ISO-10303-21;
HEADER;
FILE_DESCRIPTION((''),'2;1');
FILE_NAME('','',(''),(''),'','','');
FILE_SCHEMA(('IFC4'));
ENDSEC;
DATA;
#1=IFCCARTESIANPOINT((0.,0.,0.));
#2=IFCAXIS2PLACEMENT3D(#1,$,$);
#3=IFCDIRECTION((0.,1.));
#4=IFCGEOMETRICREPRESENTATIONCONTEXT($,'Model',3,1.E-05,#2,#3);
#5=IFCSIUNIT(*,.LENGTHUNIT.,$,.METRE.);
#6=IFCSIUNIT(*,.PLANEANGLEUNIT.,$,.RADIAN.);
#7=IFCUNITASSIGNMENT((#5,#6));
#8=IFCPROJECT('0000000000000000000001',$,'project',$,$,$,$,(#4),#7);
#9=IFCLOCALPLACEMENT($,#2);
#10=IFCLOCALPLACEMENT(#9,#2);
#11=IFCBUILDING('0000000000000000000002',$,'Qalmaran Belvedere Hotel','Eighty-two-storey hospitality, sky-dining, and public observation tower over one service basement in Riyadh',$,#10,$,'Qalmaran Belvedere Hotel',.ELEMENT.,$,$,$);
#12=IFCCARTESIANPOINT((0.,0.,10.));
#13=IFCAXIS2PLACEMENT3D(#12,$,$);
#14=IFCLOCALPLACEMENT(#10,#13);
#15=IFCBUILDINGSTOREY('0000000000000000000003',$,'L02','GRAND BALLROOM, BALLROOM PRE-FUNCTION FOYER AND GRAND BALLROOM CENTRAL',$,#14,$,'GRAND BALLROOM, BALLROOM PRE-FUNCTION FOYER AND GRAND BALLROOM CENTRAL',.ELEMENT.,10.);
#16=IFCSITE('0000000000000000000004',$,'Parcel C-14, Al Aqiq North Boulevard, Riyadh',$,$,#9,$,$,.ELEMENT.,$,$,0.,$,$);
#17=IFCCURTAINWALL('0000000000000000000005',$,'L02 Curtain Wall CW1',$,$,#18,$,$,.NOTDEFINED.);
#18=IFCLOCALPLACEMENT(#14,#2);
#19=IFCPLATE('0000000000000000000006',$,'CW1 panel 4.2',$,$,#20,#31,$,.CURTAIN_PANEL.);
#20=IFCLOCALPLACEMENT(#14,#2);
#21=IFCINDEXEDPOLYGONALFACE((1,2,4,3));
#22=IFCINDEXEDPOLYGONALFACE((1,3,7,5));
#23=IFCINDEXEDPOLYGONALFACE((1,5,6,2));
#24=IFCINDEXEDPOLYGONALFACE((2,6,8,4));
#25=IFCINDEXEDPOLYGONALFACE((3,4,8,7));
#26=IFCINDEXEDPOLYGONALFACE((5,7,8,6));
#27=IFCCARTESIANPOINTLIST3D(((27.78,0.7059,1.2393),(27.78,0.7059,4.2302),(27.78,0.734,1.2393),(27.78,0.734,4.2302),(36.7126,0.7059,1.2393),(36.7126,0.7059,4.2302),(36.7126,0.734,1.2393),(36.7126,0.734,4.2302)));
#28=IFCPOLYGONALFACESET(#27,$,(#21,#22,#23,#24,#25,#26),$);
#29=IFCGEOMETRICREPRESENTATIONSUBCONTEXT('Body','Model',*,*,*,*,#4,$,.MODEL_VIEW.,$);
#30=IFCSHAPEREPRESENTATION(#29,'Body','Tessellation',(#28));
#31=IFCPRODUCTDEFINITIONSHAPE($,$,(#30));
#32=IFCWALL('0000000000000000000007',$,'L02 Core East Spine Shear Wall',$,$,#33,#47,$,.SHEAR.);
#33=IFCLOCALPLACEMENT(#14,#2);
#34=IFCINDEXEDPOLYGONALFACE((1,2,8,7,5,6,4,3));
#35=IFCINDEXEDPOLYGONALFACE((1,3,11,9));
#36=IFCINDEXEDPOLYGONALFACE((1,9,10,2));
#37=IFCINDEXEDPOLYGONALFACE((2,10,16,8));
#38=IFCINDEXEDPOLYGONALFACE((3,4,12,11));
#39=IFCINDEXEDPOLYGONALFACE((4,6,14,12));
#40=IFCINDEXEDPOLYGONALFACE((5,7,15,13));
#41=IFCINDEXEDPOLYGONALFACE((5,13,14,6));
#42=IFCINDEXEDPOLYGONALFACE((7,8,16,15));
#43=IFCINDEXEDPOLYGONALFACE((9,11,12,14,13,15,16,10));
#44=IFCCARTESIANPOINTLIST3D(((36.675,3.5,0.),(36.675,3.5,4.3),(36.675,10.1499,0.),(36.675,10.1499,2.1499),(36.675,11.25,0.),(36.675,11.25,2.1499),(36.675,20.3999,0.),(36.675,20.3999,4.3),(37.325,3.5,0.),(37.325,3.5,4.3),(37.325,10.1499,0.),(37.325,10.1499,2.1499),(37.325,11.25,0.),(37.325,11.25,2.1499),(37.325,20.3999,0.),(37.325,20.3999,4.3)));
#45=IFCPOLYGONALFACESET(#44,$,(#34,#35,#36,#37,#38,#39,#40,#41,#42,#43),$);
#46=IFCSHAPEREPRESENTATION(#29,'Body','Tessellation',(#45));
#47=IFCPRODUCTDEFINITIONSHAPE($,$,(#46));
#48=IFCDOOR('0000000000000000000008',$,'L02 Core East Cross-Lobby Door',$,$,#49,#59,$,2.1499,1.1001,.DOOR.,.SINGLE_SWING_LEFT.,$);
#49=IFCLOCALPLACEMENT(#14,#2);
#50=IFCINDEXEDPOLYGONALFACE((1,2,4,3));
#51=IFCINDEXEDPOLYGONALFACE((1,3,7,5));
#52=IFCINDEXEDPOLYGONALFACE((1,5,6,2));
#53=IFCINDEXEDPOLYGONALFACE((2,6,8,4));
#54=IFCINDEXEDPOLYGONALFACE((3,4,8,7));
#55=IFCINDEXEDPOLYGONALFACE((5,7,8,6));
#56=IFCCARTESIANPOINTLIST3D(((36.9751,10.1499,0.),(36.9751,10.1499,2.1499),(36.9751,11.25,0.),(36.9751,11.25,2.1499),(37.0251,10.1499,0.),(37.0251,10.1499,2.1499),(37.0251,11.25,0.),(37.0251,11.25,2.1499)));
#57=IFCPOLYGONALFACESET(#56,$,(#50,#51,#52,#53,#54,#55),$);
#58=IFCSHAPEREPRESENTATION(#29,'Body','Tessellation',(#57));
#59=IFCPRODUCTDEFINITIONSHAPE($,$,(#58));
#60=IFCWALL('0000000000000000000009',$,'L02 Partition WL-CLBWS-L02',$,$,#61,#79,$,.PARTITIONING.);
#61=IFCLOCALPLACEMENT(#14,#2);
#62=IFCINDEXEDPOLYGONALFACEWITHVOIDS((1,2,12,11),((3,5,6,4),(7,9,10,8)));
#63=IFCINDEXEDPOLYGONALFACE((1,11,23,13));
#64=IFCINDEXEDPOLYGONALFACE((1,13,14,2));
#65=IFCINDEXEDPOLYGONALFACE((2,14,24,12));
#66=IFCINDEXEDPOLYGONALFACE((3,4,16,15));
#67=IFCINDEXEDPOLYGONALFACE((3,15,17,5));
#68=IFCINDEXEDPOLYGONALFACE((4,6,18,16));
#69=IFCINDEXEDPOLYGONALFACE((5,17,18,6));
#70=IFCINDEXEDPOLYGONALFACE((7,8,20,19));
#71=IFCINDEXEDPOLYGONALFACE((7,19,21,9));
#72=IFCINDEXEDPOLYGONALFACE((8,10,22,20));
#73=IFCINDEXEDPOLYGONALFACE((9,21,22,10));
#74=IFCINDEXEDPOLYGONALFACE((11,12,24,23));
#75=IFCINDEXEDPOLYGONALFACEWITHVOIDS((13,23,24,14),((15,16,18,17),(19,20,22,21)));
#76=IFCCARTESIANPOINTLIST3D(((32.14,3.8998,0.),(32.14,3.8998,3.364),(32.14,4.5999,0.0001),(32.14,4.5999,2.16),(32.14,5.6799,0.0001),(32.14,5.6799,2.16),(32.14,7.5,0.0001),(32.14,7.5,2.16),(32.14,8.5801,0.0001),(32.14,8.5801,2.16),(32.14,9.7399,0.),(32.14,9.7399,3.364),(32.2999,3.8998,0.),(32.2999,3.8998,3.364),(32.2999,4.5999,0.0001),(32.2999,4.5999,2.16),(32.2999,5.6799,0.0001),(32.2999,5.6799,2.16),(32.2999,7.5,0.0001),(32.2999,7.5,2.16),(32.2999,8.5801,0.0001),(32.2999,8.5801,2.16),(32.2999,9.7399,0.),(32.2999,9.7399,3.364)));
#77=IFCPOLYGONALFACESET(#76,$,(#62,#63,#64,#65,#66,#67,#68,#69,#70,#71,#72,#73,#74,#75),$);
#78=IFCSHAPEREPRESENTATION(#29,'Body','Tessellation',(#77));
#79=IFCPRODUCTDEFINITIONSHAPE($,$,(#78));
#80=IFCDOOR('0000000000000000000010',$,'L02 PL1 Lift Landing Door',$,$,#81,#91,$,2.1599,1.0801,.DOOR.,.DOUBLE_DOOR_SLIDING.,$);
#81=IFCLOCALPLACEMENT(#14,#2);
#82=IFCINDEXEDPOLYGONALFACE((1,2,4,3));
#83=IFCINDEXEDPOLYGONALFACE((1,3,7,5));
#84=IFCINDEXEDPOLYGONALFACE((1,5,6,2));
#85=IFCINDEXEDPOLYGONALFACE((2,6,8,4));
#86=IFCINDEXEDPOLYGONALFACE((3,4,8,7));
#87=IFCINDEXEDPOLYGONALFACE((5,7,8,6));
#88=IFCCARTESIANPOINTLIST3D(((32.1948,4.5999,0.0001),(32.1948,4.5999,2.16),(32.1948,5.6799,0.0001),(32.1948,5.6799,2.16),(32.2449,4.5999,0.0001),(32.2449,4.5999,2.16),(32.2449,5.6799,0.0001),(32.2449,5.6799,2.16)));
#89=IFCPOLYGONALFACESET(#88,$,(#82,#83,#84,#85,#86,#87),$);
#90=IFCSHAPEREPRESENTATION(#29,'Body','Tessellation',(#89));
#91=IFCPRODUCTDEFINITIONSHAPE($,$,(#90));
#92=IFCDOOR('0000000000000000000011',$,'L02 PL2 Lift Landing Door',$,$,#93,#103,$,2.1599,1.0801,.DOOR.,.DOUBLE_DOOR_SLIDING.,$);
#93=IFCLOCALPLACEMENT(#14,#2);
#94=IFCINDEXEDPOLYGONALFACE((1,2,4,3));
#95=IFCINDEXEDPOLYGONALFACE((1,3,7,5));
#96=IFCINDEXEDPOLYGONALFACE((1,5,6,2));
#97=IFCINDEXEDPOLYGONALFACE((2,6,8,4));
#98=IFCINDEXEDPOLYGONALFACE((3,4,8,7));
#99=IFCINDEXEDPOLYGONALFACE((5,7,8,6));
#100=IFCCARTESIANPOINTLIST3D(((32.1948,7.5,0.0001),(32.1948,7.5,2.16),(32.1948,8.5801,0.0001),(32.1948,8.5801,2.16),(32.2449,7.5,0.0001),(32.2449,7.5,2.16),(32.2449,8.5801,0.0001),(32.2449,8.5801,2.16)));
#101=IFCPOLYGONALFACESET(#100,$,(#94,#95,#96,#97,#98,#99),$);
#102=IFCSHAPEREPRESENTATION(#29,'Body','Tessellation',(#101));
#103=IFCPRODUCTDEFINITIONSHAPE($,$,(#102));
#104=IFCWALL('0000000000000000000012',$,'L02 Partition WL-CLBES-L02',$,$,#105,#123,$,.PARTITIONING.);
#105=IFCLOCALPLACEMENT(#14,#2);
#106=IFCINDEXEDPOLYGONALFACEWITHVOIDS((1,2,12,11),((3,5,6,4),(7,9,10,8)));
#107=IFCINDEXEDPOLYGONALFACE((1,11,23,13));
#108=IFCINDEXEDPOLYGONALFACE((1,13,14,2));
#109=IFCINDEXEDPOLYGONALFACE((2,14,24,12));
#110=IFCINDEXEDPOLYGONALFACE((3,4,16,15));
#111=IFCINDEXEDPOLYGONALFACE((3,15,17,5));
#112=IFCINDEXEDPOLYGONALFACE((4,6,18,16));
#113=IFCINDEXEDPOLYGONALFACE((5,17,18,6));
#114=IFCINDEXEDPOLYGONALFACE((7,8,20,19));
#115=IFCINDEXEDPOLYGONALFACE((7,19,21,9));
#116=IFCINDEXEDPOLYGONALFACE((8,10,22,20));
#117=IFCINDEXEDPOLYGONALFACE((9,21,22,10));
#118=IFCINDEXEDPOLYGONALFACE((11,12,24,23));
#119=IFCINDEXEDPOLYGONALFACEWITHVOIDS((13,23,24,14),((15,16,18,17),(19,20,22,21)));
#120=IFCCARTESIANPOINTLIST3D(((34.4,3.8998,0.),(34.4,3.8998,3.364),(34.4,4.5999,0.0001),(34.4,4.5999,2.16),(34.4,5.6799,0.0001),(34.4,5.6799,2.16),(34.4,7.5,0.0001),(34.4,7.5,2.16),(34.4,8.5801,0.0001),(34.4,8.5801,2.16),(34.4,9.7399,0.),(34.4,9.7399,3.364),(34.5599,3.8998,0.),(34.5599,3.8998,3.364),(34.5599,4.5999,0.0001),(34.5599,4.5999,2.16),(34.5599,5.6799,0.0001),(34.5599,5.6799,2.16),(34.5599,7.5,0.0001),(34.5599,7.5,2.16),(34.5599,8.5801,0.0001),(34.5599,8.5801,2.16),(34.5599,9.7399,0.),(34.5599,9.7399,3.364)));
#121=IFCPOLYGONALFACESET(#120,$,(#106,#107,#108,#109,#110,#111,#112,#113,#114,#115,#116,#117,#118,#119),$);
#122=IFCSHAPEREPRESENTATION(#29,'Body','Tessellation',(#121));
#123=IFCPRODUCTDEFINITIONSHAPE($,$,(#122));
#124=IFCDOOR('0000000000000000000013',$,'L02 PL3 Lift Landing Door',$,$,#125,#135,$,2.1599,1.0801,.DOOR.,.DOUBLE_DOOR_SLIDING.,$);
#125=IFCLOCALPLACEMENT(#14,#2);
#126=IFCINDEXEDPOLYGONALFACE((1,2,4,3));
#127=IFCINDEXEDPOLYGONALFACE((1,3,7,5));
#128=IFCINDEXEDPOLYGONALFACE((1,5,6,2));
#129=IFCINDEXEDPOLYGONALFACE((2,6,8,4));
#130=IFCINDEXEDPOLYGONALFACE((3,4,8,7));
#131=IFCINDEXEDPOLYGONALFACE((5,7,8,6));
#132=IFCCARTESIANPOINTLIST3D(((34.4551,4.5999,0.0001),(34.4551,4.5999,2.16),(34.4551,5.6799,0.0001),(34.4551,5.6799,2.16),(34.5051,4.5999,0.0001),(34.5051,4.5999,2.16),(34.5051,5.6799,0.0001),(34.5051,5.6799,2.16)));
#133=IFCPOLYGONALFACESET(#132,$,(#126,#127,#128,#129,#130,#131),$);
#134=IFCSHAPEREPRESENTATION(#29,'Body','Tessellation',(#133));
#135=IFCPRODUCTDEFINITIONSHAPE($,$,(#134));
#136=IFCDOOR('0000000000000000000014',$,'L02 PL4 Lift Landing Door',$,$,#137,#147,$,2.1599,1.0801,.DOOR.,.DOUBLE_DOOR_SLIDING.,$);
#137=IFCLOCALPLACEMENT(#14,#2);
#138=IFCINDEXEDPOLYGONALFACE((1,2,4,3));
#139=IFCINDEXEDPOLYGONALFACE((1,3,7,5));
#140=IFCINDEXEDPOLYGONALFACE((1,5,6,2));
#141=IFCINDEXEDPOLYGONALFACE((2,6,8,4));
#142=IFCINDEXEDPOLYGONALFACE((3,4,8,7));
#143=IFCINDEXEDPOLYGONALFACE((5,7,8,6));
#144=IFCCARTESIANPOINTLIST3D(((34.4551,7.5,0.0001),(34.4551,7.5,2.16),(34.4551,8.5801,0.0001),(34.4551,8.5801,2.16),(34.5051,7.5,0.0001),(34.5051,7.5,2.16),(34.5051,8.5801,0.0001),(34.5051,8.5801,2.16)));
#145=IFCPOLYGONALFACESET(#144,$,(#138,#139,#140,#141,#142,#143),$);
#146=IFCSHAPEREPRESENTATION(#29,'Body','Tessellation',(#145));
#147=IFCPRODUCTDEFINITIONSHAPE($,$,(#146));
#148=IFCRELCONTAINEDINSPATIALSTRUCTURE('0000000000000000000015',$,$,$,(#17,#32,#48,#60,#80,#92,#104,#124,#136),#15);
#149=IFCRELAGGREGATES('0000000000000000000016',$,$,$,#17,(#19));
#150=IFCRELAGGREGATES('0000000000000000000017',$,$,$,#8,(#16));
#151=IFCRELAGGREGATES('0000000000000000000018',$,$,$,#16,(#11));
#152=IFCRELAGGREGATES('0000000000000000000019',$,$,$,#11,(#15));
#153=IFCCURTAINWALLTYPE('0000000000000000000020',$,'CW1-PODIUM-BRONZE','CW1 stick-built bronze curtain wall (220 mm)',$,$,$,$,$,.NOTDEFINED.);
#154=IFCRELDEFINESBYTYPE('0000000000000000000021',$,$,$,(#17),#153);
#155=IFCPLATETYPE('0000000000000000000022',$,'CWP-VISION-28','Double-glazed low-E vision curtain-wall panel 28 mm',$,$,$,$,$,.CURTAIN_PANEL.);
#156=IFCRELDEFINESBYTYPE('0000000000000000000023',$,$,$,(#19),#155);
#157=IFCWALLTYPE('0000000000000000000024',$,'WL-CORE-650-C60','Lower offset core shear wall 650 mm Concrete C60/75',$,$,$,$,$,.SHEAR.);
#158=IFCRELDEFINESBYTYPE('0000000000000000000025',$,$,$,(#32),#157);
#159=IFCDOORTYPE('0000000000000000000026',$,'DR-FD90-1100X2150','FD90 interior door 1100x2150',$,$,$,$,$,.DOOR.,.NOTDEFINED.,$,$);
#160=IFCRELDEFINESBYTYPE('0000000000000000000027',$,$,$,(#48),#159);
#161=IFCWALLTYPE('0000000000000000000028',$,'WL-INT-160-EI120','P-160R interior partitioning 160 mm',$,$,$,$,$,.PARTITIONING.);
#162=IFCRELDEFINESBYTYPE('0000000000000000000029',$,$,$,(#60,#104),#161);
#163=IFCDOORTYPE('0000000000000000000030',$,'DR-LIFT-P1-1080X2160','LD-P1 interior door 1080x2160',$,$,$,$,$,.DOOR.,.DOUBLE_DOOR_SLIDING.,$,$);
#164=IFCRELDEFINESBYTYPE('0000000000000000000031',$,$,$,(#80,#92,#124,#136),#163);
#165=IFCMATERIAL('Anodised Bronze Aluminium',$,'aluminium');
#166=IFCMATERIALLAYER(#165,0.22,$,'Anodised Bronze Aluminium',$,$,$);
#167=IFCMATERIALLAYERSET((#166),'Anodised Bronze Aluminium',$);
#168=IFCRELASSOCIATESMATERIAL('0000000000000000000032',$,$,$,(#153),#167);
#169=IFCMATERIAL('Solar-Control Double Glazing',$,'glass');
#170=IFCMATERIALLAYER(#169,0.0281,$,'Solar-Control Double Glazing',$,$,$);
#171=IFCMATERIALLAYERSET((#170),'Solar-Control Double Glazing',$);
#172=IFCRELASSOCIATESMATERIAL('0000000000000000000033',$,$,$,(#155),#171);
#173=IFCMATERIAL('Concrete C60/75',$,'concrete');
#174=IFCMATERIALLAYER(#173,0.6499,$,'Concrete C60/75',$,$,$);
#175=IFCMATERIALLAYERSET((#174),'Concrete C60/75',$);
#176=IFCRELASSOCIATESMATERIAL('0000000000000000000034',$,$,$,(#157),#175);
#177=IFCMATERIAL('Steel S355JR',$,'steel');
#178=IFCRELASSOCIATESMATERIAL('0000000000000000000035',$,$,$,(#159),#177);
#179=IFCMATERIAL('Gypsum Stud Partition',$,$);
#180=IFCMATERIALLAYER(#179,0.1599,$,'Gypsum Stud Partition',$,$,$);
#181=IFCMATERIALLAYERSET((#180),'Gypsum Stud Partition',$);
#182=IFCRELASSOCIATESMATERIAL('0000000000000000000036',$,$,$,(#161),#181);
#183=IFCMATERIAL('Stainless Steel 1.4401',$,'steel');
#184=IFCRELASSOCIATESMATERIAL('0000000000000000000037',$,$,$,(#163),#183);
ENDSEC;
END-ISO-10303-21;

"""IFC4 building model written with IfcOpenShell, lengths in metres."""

from ifc_helpers import new_model, si_unit, direction, frame, frame_2d, origin, origin_2d, place, context, subcontext, project, spatial, rectangle, extrude, material, layer, layer_set, type_object, element, fill, aggregate, save


model = new_model("IFC4")

# Units and contexts
model_context = context("Model", 3, precision=1e-05, world=origin(), true_north=direction((0.0, 1.0)))
body_context = subcontext(model_context, "Body", "Model", "MODEL_VIEW")
ifc_project = project(units=[si_unit("LENGTHUNIT", "METRE"), si_unit("PLANEANGLEUNIT", "RADIAN")], contexts=[model_context])

# Site, building, storey
site_placement = place(None, origin())
site = spatial("IfcSite", under=ifc_project, at=site_placement, Name="Parcel C-14, Al Aqiq North Boulevard, Riyadh", CompositionType="ELEMENT", RefElevation=0.0)
building_placement = place(site_placement, origin())
building = spatial("IfcBuilding", under=site, at=building_placement, Name="Qalmaran Belvedere Hotel", Description="Eighty-two-storey hospitality, sky-dining, and public observation tower over one service basement in Riyadh", LongName="Qalmaran Belvedere Hotel", CompositionType="ELEMENT")
storey_placement = place(building_placement, frame((0.0, 0.0, 10.0)))
storey = spatial("IfcBuildingStorey", under=building, at=storey_placement, Name="L02", Description="GRAND BALLROOM, BALLROOM PRE-FUNCTION FOYER AND GRAND BALLROOM CENTRAL", LongName="GRAND BALLROOM, BALLROOM PRE-FUNCTION FOYER AND GRAND BALLROOM CENTRAL", CompositionType="ELEMENT", Elevation=10.0)

# Shared definitions
ifc_material_1 = material(Name="Concrete C60/75", Category="concrete")

# Shared definitions
ifc_material_2 = material(Name="Steel S355JR", Category="steel")

# Curtain wall, plate
ifc_material_3 = material(Name="Anodised Bronze Aluminium", Category="aluminium")
ifc_layer_1 = layer(ifc_material_3, 0.22, Name="Anodised Bronze Aluminium")
ifc_layer_set_1 = layer_set([ifc_layer_1], Name="Anodised Bronze Aluminium")
curtain_wall_type = type_object("IfcCurtainWallType", Name="CW1-PODIUM-BRONZE", Description="CW1 stick-built bronze curtain wall (220 mm)", PredefinedType="NOTDEFINED", material=ifc_layer_set_1)
curtain_wall_placement = place(storey_placement, origin())
curtain_wall = element("IfcCurtainWall", 1, at=curtain_wall_placement, inside=storey, type_object=curtain_wall_type, Name="L02 Curtain Wall CW1", PredefinedType="NOTDEFINED")
ifc_material_4 = material(Name="Solar-Control Double Glazing", Category="glass")
ifc_layer_2 = layer(ifc_material_4, 0.0281, Name="Solar-Control Double Glazing")
ifc_layer_set_2 = layer_set([ifc_layer_2], Name="Solar-Control Double Glazing")
plate_type_1 = type_object("IfcPlateType", Name="CWP-VISION-28", Description="Double-glazed low-E vision curtain-wall panel 28 mm", PredefinedType="CURTAIN_PANEL", material=ifc_layer_set_2)
plate_1_placement = place(storey_placement, frame((32.2463, 0.72, 1.2393), z_axis=(0.0, 0.0, 1.0), x_axis=(1.0, 0.0, 0.0)))
plate_1 = element("IfcPlate", 2, at=plate_1_placement, type_object=plate_type_1, Name="CW1 panel 4.2", PredefinedType="CURTAIN_PANEL", context=body_context, shape_type="SweptSolid", body=[
    extrude(rectangle(XDim=8.9326, YDim=0.0281, at=origin_2d()), origin(), (0.0, 0.0, 1.0), 2.991),
])
aggregate(curtain_wall, [plate_1])

# Wall, opening, door
ifc_layer_3 = layer(ifc_material_1, 0.6499, Name="Concrete C60/75")
ifc_layer_set_3 = layer_set([ifc_layer_3], Name="Concrete C60/75")
wall_type_1 = type_object("IfcWallType", Name="WL-CORE-650-C60", Description="Lower offset core shear wall 650 mm Concrete C60/75", PredefinedType="SHEAR", material=ifc_layer_set_3)
wall_1_placement = place(storey_placement, frame((37.0, 3.5, 0.0), z_axis=(0.0, 0.0, 1.0), x_axis=(0.0, 1.0, 0.0)))
wall_1 = element("IfcWall", 3, at=wall_1_placement, inside=storey, type_object=wall_type_1, Name="L02 Core East Spine Shear Wall", PredefinedType="SHEAR", context=body_context, shape_type="SweptSolid", body=[
    extrude(rectangle(XDim=16.8999, YDim=0.6499, at=frame_2d((8.45, 0.0))), origin(), (0.0, 0.0, 1.0), 4.3),
])
opening_1_placement = place(wall_1_placement, frame((6.6499, 0.0, 0.0)))
opening_1 = element("IfcOpeningElement", 4, at=opening_1_placement, cuts=wall_1, PredefinedType="OPENING", context=body_context, shape_type="SweptSolid", body=[
    extrude(rectangle(XDim=1.1001, YDim=2.1499, at=frame_2d((0.55, 1.075))), frame((0.0, 0.335, 0.0), z_axis=(0.0, -1.0, 0.0), x_axis=(1.0, 0.0, 0.0)), (0.0, 0.0, 1.0), 0.6699),
])
door_type_1 = type_object("IfcDoorType", Name="DR-FD90-1100X2150", Description="FD90 interior door 1100x2150", OperationType="NOTDEFINED", PredefinedType="DOOR", material=ifc_material_2)
door_1_placement = place(opening_1_placement, origin())
door_1 = element("IfcDoor", 5, at=door_1_placement, inside=storey, type_object=door_type_1, Name="L02 Core East Cross-Lobby Door", OperationType="SINGLE_SWING_LEFT", OverallHeight=2.1499, OverallWidth=1.1001, PredefinedType="DOOR", context=body_context, shape_type="SweptSolid", body=[
    extrude(rectangle(XDim=1.1001, YDim=2.1499, at=frame_2d((0.55, 1.075))), frame((0.0, 0.0249, 0.0), z_axis=(0.0, -1.0, 0.0), x_axis=(1.0, 0.0, 0.0)), (0.0, 0.0, 1.0), 0.05),
])
fill(opening_1, door_1)

# Walls, openings, doors
ifc_material_5 = material(Name="Gypsum Stud Partition")
ifc_layer_4 = layer(ifc_material_5, 0.1599, Name="Gypsum Stud Partition")
ifc_layer_set_4 = layer_set([ifc_layer_4], Name="Gypsum Stud Partition")
wall_type_2 = type_object("IfcWallType", Name="WL-INT-160-EI120", Description="P-160R interior partitioning 160 mm", PredefinedType="PARTITIONING", material=ifc_layer_set_4)
wall_2_placement = place(storey_placement, frame((32.22, 3.8999, 0.0), z_axis=(0.0, 0.0, 1.0), x_axis=(0.0, 1.0, 0.0)))
wall_2 = element("IfcWall", 6, at=wall_2_placement, inside=storey, type_object=wall_type_2, Name="L02 Partition WL-CLBWS-L02", PredefinedType="PARTITIONING", context=body_context, shape_type="SweptSolid", body=[
    extrude(rectangle(XDim=5.8401, YDim=0.1599, at=frame_2d((2.9199, 0.0))), origin(), (0.0, 0.0, 1.0), 3.364),
])
opening_2_placement = place(wall_2_placement, frame((1.78, 0.0, 0.0), z_axis=(0.0, 0.0, 1.0), x_axis=(-1.0, 0.0, 0.0)))
opening_2 = element("IfcOpeningElement", 7, at=opening_2_placement, cuts=wall_2, PredefinedType="OPENING", context=body_context, shape_type="SweptSolid", body=[
    extrude(rectangle(XDim=1.0801, YDim=2.1599, at=frame_2d((0.54, 1.0801))), frame((0.0, 0.0898, 0.0), z_axis=(0.0, -1.0, 0.0), x_axis=(1.0, 0.0, 0.0)), (0.0, 0.0, 1.0), 0.1799),
])
opening_3_placement = place(wall_2_placement, frame((4.6802, 0.0, 0.0), z_axis=(0.0, 0.0, 1.0), x_axis=(-1.0, 0.0, 0.0)))
opening_3 = element("IfcOpeningElement", 8, at=opening_3_placement, cuts=wall_2, PredefinedType="OPENING", context=body_context, shape_type="SweptSolid", body=[
    extrude(rectangle(XDim=1.0801, YDim=2.1599, at=frame_2d((0.54, 1.0801))), frame((0.0, 0.0898, 0.0), z_axis=(0.0, -1.0, 0.0), x_axis=(1.0, 0.0, 0.0)), (0.0, 0.0, 1.0), 0.1799),
])
ifc_material_6 = material(Name="Stainless Steel 1.4401", Category="steel")
door_type_2 = type_object("IfcDoorType", Name="DR-LIFT-P1-1080X2160", Description="LD-P1 interior door 1080x2160", OperationType="DOUBLE_DOOR_SLIDING", PredefinedType="DOOR", material=ifc_material_6)
door_2_placement = place(opening_2_placement, origin())
door_2 = element("IfcDoor", 9, at=door_2_placement, inside=storey, type_object=door_type_2, Name="L02 PL1 Lift Landing Door", OperationType="DOUBLE_DOOR_SLIDING", OverallHeight=2.1599, OverallWidth=1.0801, PredefinedType="DOOR", context=body_context, shape_type="SweptSolid", body=[
    extrude(rectangle(XDim=1.0801, YDim=2.1599, at=frame_2d((0.54, 1.0801))), frame((0.0, 0.0249, 0.0), z_axis=(0.0, -1.0, 0.0), x_axis=(1.0, 0.0, 0.0)), (0.0, 0.0, 1.0), 0.05),
])
fill(opening_2, door_2)
door_3_placement = place(opening_3_placement, origin())
door_3 = element("IfcDoor", 10, at=door_3_placement, inside=storey, type_object=door_type_2, Name="L02 PL2 Lift Landing Door", OperationType="DOUBLE_DOOR_SLIDING", OverallHeight=2.1599, OverallWidth=1.0801, PredefinedType="DOOR", context=body_context, shape_type="SweptSolid", body=[
    extrude(rectangle(XDim=1.0801, YDim=2.1599, at=frame_2d((0.54, 1.0801))), frame((0.0, 0.0249, 0.0), z_axis=(0.0, -1.0, 0.0), x_axis=(1.0, 0.0, 0.0)), (0.0, 0.0, 1.0), 0.05),
])
fill(opening_3, door_3)
wall_3_placement = place(storey_placement, frame((34.48, 3.8999, 0.0), z_axis=(0.0, 0.0, 1.0), x_axis=(0.0, 1.0, 0.0)))
wall_3 = element("IfcWall", 11, at=wall_3_placement, inside=storey, type_object=wall_type_2, Name="L02 Partition WL-CLBES-L02", PredefinedType="PARTITIONING", context=body_context, shape_type="SweptSolid", body=[
    extrude(rectangle(XDim=5.8401, YDim=0.1599, at=frame_2d((2.9199, 0.0))), origin(), (0.0, 0.0, 1.0), 3.364),
])
opening_4_placement = place(wall_3_placement, frame((0.7, 0.0, 0.0)))
opening_4 = element("IfcOpeningElement", 12, at=opening_4_placement, cuts=wall_3, PredefinedType="OPENING", context=body_context, shape_type="SweptSolid", body=[
    extrude(rectangle(XDim=1.0801, YDim=2.1599, at=frame_2d((0.54, 1.0801))), frame((0.0, 0.0898, 0.0), z_axis=(0.0, -1.0, 0.0), x_axis=(1.0, 0.0, 0.0)), (0.0, 0.0, 1.0), 0.1799),
])
opening_5_placement = place(wall_3_placement, frame((3.6001, 0.0, 0.0)))
opening_5 = element("IfcOpeningElement", 13, at=opening_5_placement, cuts=wall_3, PredefinedType="OPENING", context=body_context, shape_type="SweptSolid", body=[
    extrude(rectangle(XDim=1.0801, YDim=2.1599, at=frame_2d((0.54, 1.0801))), frame((0.0, 0.0898, 0.0), z_axis=(0.0, -1.0, 0.0), x_axis=(1.0, 0.0, 0.0)), (0.0, 0.0, 1.0), 0.1799),
])
door_4_placement = place(opening_4_placement, origin())
door_4 = element("IfcDoor", 14, at=door_4_placement, inside=storey, type_object=door_type_2, Name="L02 PL3 Lift Landing Door", OperationType="DOUBLE_DOOR_SLIDING", OverallHeight=2.1599, OverallWidth=1.0801, PredefinedType="DOOR", context=body_context, shape_type="SweptSolid", body=[
    extrude(rectangle(XDim=1.0801, YDim=2.1599, at=frame_2d((0.54, 1.0801))), frame((0.0, 0.0249, 0.0), z_axis=(0.0, -1.0, 0.0), x_axis=(1.0, 0.0, 0.0)), (0.0, 0.0, 1.0), 0.05),
])
fill(opening_4, door_4)
door_5_placement = place(opening_5_placement, origin())
door_5 = element("IfcDoor", 15, at=door_5_placement, inside=storey, type_object=door_type_2, Name="L02 PL4 Lift Landing Door", OperationType="DOUBLE_DOOR_SLIDING", OverallHeight=2.1599, OverallWidth=1.0801, PredefinedType="DOOR", context=body_context, shape_type="SweptSolid", body=[
    extrude(rectangle(XDim=1.0801, YDim=2.1599, at=frame_2d((0.54, 1.0801))), frame((0.0, 0.0249, 0.0), z_axis=(0.0, -1.0, 0.0), x_axis=(1.0, 0.0, 0.0)), (0.0, 0.0, 1.0), 0.05),
])
fill(opening_5, door_5)

save(model, "model.ifc")
